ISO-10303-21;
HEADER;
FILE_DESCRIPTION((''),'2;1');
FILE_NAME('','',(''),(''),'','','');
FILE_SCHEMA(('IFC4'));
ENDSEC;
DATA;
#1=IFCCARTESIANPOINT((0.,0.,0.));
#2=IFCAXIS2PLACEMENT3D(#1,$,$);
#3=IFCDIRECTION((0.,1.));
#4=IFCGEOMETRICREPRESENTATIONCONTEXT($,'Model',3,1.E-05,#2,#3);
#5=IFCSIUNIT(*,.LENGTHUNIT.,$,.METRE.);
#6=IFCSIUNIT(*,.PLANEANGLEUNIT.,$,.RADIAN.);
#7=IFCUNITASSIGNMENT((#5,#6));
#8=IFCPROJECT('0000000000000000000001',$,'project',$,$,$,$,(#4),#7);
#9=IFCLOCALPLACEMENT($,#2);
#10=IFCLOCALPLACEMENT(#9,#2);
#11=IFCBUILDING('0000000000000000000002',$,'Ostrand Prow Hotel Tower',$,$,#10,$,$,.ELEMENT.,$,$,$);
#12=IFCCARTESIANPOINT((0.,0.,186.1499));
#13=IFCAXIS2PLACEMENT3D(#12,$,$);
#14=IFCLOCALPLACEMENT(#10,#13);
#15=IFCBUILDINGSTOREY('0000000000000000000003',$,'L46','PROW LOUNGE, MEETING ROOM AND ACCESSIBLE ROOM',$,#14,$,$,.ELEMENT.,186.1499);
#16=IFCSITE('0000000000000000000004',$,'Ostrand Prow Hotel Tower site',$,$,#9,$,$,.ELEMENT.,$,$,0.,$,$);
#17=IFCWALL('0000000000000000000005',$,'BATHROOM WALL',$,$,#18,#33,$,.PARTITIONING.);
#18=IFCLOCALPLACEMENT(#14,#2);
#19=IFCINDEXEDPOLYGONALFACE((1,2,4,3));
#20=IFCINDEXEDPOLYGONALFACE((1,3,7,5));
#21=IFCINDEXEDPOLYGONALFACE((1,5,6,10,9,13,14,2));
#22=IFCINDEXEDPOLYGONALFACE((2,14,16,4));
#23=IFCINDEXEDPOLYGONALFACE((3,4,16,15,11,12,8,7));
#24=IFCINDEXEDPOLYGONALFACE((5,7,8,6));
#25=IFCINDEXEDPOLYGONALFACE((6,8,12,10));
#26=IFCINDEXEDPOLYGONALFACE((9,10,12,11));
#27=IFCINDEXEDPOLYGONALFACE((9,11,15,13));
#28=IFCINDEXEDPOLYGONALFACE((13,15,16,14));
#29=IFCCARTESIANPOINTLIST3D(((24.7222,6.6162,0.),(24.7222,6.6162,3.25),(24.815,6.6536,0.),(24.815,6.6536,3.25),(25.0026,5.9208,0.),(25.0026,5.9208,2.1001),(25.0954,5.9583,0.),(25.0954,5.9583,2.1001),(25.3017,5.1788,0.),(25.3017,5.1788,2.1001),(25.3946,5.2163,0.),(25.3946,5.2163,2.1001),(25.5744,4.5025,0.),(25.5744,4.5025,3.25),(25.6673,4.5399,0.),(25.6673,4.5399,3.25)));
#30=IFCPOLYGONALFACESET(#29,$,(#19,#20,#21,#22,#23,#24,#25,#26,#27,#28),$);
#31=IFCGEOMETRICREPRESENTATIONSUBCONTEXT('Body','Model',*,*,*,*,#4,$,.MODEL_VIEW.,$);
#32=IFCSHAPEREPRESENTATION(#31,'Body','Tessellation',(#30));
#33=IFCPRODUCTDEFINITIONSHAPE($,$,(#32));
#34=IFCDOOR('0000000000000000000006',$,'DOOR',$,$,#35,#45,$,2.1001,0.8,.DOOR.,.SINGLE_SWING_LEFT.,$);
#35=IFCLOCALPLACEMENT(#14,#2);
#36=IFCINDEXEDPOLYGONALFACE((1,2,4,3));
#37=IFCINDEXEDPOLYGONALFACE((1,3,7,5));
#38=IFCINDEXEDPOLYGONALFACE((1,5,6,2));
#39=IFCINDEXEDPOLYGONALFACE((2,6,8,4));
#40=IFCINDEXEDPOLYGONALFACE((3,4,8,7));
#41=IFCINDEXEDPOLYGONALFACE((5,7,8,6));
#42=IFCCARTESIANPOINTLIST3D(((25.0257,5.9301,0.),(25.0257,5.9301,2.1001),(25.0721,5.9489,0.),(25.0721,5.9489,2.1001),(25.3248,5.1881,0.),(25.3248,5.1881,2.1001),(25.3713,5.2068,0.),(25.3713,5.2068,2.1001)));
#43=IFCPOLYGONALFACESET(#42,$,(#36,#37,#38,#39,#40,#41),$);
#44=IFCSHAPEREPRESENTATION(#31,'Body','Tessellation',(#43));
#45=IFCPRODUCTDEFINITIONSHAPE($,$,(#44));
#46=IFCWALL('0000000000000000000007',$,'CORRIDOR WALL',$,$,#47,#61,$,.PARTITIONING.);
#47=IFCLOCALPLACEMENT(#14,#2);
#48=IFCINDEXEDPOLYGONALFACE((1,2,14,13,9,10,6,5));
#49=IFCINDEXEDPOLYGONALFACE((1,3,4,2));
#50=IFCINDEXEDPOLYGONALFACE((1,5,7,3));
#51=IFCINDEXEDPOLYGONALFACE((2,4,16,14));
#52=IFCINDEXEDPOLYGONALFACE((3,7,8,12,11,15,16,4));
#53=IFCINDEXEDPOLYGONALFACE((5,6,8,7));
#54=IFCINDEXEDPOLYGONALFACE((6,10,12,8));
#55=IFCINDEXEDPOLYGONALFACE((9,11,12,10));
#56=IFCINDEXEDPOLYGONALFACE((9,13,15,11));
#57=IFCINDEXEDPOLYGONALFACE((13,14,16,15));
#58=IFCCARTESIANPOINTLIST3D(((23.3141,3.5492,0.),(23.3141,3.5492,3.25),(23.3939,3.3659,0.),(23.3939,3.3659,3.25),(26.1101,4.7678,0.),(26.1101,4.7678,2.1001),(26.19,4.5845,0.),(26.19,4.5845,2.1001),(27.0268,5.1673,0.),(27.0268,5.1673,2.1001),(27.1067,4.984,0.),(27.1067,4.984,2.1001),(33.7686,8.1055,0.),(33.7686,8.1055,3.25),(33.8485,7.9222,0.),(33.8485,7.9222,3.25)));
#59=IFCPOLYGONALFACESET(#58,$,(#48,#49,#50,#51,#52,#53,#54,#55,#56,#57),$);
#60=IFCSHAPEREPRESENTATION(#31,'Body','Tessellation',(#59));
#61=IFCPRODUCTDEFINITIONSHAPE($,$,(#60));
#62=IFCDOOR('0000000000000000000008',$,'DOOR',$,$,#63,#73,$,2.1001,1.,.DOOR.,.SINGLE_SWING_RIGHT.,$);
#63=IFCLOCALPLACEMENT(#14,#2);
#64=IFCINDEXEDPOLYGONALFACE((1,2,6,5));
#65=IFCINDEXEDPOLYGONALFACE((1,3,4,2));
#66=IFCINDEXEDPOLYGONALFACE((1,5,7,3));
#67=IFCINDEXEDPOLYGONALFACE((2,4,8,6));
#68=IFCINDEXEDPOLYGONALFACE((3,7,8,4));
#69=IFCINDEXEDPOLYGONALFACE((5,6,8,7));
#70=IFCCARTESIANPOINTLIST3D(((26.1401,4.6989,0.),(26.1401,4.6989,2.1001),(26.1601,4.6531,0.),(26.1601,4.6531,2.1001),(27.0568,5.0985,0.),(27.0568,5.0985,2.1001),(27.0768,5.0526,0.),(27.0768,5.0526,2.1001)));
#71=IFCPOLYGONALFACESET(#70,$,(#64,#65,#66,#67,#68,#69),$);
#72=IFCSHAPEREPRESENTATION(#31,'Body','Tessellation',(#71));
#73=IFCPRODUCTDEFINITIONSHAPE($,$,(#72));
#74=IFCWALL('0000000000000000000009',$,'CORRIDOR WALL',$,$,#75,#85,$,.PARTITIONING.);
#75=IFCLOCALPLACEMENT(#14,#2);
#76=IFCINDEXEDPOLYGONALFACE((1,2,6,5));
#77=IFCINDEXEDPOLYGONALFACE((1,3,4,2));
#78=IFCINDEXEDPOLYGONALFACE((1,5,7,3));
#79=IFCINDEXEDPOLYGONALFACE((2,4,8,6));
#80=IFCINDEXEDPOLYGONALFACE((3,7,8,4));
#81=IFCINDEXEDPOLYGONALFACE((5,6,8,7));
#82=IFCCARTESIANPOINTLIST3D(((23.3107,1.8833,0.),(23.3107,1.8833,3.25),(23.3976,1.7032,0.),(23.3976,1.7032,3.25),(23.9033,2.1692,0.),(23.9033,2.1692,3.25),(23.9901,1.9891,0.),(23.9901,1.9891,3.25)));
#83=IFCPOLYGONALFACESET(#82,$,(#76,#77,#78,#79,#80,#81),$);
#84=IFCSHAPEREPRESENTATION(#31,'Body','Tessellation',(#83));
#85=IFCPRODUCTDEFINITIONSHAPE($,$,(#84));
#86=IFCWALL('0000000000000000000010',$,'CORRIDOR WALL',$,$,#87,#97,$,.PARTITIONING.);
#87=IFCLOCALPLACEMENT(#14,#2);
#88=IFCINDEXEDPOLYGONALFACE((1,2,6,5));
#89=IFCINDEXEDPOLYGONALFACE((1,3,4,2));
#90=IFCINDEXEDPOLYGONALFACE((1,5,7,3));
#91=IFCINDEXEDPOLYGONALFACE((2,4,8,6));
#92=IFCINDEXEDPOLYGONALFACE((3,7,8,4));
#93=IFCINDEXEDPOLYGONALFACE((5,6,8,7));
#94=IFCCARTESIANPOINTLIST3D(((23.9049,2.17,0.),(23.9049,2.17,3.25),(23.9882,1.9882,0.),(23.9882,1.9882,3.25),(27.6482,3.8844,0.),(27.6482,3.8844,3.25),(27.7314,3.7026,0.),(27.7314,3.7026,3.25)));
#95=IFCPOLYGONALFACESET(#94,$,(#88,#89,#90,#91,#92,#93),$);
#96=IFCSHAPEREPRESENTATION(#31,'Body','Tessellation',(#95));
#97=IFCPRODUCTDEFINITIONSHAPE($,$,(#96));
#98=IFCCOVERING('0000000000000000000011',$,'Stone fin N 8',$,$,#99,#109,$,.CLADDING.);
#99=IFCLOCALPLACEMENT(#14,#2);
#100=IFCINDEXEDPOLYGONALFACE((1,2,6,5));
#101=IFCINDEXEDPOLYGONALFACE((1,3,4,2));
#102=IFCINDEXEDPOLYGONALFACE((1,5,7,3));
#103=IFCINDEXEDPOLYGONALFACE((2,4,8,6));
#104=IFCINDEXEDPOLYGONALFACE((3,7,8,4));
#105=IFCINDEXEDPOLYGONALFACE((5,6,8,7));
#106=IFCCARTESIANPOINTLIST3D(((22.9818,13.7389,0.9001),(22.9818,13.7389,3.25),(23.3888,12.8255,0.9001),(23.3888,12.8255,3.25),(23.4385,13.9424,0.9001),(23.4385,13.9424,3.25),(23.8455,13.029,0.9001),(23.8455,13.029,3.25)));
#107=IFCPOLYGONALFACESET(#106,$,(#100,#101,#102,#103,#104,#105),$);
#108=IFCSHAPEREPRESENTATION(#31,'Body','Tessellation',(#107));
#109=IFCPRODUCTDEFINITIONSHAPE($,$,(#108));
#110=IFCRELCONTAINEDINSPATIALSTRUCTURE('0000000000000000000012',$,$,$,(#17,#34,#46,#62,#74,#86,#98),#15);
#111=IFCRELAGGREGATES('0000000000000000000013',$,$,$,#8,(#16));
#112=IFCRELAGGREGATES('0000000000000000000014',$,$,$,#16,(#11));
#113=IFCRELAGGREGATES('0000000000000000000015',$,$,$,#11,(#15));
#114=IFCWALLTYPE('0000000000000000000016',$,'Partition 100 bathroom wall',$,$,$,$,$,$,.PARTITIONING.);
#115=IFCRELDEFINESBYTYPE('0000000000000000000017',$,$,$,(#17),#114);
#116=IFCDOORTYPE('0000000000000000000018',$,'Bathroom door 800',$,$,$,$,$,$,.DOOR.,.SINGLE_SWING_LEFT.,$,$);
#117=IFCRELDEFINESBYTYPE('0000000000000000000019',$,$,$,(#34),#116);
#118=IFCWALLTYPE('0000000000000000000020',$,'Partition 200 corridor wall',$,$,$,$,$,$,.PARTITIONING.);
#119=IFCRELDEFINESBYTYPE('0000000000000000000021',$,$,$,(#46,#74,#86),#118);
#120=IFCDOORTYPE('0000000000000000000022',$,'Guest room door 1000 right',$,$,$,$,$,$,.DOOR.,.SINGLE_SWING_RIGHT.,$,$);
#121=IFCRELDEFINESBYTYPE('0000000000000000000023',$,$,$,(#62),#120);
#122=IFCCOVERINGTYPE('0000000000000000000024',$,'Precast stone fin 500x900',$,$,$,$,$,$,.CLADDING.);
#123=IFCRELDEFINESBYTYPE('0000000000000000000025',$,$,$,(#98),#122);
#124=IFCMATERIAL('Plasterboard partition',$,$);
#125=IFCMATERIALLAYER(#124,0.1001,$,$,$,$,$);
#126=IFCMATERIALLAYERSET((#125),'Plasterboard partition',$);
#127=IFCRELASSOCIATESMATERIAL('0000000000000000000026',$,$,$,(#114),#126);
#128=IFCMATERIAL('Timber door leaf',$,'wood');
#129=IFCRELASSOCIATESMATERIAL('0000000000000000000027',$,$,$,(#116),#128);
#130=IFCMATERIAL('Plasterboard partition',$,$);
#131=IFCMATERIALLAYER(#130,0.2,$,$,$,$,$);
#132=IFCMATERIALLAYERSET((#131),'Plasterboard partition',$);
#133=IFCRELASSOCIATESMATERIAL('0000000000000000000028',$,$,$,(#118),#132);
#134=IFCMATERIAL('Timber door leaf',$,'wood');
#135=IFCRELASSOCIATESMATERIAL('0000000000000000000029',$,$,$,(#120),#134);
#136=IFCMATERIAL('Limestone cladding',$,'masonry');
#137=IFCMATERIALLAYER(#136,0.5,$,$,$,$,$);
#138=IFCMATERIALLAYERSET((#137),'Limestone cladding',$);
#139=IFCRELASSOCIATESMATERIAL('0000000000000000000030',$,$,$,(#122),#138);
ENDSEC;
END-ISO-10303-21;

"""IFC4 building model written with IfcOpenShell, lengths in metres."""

from ifc_helpers import new_model, si_unit, direction, frame, frame_2d, origin, place, context, subcontext, project, spatial, rectangle, extrude, material, layer, layer_set, type_object, element, fill, save


model = new_model("IFC4")

# Units and contexts
model_context = context("Model", 3, precision=1e-05, world=origin(), true_north=direction((0.0, 1.0)))
body_context = subcontext(model_context, "Body", "Model", "MODEL_VIEW")
ifc_project = project(units=[si_unit("LENGTHUNIT", "METRE"), si_unit("PLANEANGLEUNIT", "RADIAN")], contexts=[model_context])

# Site, building, storey
site_placement = place(None, origin())
site = spatial("IfcSite", under=ifc_project, at=site_placement, Name="Ostrand Prow Hotel Tower site", CompositionType="ELEMENT", RefElevation=0.0)
building_placement = place(site_placement, origin())
building = spatial("IfcBuilding", under=site, at=building_placement, Name="Ostrand Prow Hotel Tower", CompositionType="ELEMENT")
storey_placement = place(building_placement, frame((0.0, 0.0, 186.1499)))
storey = spatial("IfcBuildingStorey", under=building, at=storey_placement, Name="L46", Description="PROW LOUNGE, MEETING ROOM AND ACCESSIBLE ROOM", CompositionType="ELEMENT", Elevation=186.1499)

# Shared definitions
ifc_material_1 = material(Name="Plasterboard partition")
ifc_layer_1 = layer(ifc_material_1, 0.1001)
ifc_layer_set_1 = layer_set([ifc_layer_1], Name="Plasterboard partition")
wall_type_1 = type_object("IfcWallType", Name="Partition 100 bathroom wall", PredefinedType="PARTITIONING", material=ifc_layer_set_1)

# Walls, openings, doors
wall_1_placement = place(storey_placement, frame((24.7686, 6.635, 0.0), z_axis=(0.0, 0.0, 1.0), x_axis=(0.373956, -0.927446, 0.0)))
wall_1 = element("IfcWall", 1, at=wall_1_placement, inside=storey, type_object=wall_type_1, Name="BATHROOM WALL", PredefinedType="PARTITIONING", context=body_context, shape_type="SweptSolid", body=[
    extrude(rectangle(XDim=2.2791, YDim=0.1001, at=frame_2d((1.1396, 0.0))), origin(), (0.0, 0.0, 1.0), 3.25),
])
opening_1_placement = place(wall_1_placement, frame((0.75, 0.0, 0.0)))
opening_1 = element("IfcOpeningElement", 2, at=opening_1_placement, cuts=wall_1, PredefinedType="OPENING", context=body_context, shape_type="SweptSolid", body=[
    extrude(rectangle(XDim=0.8, YDim=2.1001, at=frame_2d((0.3999, 1.05))), frame((0.0, 0.0601, 0.0), z_axis=(0.0, -1.0, 0.0), x_axis=(1.0, 0.0, 0.0)), (0.0, 0.0, 1.0), 0.1201),
])
ifc_material_2 = material(Name="Timber door leaf", Category="wood")
door_type_1 = type_object("IfcDoorType", Name="Bathroom door 800", OperationType="SINGLE_SWING_LEFT", PredefinedType="DOOR", material=ifc_material_2)
door_1_placement = place(opening_1_placement, origin())
door_1 = element("IfcDoor", 3, at=door_1_placement, inside=storey, type_object=door_type_1, Name="DOOR", OperationType="SINGLE_SWING_LEFT", OverallHeight=2.1001, OverallWidth=0.8, PredefinedType="DOOR", context=body_context, shape_type="SweptSolid", body=[
    extrude(rectangle(XDim=0.8, YDim=2.1001, at=frame_2d((0.3999, 1.05))), frame((0.0, 0.0249, 0.0), z_axis=(0.0, -1.0, 0.0), x_axis=(1.0, 0.0, 0.0)), (0.0, 0.0, 1.0), 0.05),
])
fill(opening_1, door_1)
ifc_material_3 = material(Name="Plasterboard partition")
ifc_layer_2 = layer(ifc_material_3, 0.2)
ifc_layer_set_2 = layer_set([ifc_layer_2], Name="Plasterboard partition")
wall_type_2 = type_object("IfcWallType", Name="Partition 200 corridor wall", PredefinedType="PARTITIONING", material=ifc_layer_set_2)
wall_2_placement = place(storey_placement, frame((23.354, 3.4575, 0.0), z_axis=(0.0, 0.0, 1.0), x_axis=(0.916719, 0.399531, 0.0)))
wall_2 = element("IfcWall", 4, at=wall_2_placement, inside=storey, type_object=wall_type_2, Name="CORRIDOR WALL", PredefinedType="PARTITIONING", context=body_context, shape_type="SweptSolid", body=[
    extrude(rectangle(XDim=11.4043, YDim=0.2, at=frame_2d((5.7021, 0.0))), origin(), (0.0, 0.0, 1.0), 3.25),
])
opening_2_placement = place(wall_2_placement, frame((3.05, 0.0, 0.0)))
opening_2 = element("IfcOpeningElement", 5, at=opening_2_placement, cuts=wall_2, PredefinedType="OPENING", context=body_context, shape_type="SweptSolid", body=[
    extrude(rectangle(XDim=1.0, YDim=2.1001, at=frame_2d((0.5, 1.05))), frame((0.0, 0.1099, 0.0), z_axis=(0.0, -1.0, 0.0), x_axis=(1.0, 0.0, 0.0)), (0.0, 0.0, 1.0), 0.22),
])
ifc_material_4 = material(Name="Timber door leaf", Category="wood")
door_type_2 = type_object("IfcDoorType", Name="Guest room door 1000 right", OperationType="SINGLE_SWING_RIGHT", PredefinedType="DOOR", material=ifc_material_4)
door_2_placement = place(opening_2_placement, origin())
door_2 = element("IfcDoor", 6, at=door_2_placement, inside=storey, type_object=door_type_2, Name="DOOR", OperationType="SINGLE_SWING_RIGHT", OverallHeight=2.1001, OverallWidth=1.0, PredefinedType="DOOR", context=body_context, shape_type="SweptSolid", body=[
    extrude(rectangle(XDim=1.0, YDim=2.1001, at=frame_2d((0.5, 1.05))), frame((0.0, 0.0249, 0.0), z_axis=(0.0, -1.0, 0.0), x_axis=(1.0, 0.0, 0.0)), (0.0, 0.0, 1.0), 0.05),
])
fill(opening_2, door_2)

# Walls
wall_3_placement = place(storey_placement, frame((23.354, 1.7932, 0.0), z_axis=(0.0, 0.0, 1.0), x_axis=(0.900647, 0.434552, 0.0)))
element("IfcWall", 7, at=wall_3_placement, inside=storey, type_object=wall_type_2, Name="CORRIDOR WALL", PredefinedType="PARTITIONING", context=body_context, shape_type="SweptSolid", body=[
    extrude(rectangle(XDim=0.658, YDim=0.2, at=frame_2d((0.3291, 0.0))), origin(), (0.0, 0.0, 1.0), 3.25),
])
wall_4_placement = place(storey_placement, frame((23.9465, 2.0791, 0.0), z_axis=(0.0, 0.0, 1.0), x_axis=(0.909181, 0.416402, 0.0)))
element("IfcWall", 8, at=wall_4_placement, inside=storey, type_object=wall_type_2, Name="CORRIDOR WALL", PredefinedType="PARTITIONING", context=body_context, shape_type="SweptSolid", body=[
    extrude(rectangle(XDim=4.1172, YDim=0.2, at=frame_2d((2.0586, 0.0))), origin(), (0.0, 0.0, 1.0), 3.25),
])

# Covering
ifc_material_5 = material(Name="Limestone cladding", Category="masonry")
ifc_layer_3 = layer(ifc_material_5, 0.5)
ifc_layer_set_3 = layer_set([ifc_layer_3], Name="Limestone cladding")
covering_type = type_object("IfcCoveringType", Name="Precast stone fin 500x900", PredefinedType="CLADDING", material=ifc_layer_set_3)
covering_placement = place(storey_placement, frame((23.6172, 12.9272, 0.9001), z_axis=(0.0, 0.0, 1.0), x_axis=(-0.407022, 0.913418, 0.0)))
element("IfcCovering", 9, at=covering_placement, inside=storey, type_object=covering_type, Name="Stone fin N 8", PredefinedType="CLADDING", context=body_context, shape_type="SweptSolid", body=[
    extrude(rectangle(XDim=1.0, YDim=0.5, at=frame_2d((0.5, 0.0))), origin(), (0.0, 0.0, 1.0), 2.3499),
])

save(model, "model.ifc")
